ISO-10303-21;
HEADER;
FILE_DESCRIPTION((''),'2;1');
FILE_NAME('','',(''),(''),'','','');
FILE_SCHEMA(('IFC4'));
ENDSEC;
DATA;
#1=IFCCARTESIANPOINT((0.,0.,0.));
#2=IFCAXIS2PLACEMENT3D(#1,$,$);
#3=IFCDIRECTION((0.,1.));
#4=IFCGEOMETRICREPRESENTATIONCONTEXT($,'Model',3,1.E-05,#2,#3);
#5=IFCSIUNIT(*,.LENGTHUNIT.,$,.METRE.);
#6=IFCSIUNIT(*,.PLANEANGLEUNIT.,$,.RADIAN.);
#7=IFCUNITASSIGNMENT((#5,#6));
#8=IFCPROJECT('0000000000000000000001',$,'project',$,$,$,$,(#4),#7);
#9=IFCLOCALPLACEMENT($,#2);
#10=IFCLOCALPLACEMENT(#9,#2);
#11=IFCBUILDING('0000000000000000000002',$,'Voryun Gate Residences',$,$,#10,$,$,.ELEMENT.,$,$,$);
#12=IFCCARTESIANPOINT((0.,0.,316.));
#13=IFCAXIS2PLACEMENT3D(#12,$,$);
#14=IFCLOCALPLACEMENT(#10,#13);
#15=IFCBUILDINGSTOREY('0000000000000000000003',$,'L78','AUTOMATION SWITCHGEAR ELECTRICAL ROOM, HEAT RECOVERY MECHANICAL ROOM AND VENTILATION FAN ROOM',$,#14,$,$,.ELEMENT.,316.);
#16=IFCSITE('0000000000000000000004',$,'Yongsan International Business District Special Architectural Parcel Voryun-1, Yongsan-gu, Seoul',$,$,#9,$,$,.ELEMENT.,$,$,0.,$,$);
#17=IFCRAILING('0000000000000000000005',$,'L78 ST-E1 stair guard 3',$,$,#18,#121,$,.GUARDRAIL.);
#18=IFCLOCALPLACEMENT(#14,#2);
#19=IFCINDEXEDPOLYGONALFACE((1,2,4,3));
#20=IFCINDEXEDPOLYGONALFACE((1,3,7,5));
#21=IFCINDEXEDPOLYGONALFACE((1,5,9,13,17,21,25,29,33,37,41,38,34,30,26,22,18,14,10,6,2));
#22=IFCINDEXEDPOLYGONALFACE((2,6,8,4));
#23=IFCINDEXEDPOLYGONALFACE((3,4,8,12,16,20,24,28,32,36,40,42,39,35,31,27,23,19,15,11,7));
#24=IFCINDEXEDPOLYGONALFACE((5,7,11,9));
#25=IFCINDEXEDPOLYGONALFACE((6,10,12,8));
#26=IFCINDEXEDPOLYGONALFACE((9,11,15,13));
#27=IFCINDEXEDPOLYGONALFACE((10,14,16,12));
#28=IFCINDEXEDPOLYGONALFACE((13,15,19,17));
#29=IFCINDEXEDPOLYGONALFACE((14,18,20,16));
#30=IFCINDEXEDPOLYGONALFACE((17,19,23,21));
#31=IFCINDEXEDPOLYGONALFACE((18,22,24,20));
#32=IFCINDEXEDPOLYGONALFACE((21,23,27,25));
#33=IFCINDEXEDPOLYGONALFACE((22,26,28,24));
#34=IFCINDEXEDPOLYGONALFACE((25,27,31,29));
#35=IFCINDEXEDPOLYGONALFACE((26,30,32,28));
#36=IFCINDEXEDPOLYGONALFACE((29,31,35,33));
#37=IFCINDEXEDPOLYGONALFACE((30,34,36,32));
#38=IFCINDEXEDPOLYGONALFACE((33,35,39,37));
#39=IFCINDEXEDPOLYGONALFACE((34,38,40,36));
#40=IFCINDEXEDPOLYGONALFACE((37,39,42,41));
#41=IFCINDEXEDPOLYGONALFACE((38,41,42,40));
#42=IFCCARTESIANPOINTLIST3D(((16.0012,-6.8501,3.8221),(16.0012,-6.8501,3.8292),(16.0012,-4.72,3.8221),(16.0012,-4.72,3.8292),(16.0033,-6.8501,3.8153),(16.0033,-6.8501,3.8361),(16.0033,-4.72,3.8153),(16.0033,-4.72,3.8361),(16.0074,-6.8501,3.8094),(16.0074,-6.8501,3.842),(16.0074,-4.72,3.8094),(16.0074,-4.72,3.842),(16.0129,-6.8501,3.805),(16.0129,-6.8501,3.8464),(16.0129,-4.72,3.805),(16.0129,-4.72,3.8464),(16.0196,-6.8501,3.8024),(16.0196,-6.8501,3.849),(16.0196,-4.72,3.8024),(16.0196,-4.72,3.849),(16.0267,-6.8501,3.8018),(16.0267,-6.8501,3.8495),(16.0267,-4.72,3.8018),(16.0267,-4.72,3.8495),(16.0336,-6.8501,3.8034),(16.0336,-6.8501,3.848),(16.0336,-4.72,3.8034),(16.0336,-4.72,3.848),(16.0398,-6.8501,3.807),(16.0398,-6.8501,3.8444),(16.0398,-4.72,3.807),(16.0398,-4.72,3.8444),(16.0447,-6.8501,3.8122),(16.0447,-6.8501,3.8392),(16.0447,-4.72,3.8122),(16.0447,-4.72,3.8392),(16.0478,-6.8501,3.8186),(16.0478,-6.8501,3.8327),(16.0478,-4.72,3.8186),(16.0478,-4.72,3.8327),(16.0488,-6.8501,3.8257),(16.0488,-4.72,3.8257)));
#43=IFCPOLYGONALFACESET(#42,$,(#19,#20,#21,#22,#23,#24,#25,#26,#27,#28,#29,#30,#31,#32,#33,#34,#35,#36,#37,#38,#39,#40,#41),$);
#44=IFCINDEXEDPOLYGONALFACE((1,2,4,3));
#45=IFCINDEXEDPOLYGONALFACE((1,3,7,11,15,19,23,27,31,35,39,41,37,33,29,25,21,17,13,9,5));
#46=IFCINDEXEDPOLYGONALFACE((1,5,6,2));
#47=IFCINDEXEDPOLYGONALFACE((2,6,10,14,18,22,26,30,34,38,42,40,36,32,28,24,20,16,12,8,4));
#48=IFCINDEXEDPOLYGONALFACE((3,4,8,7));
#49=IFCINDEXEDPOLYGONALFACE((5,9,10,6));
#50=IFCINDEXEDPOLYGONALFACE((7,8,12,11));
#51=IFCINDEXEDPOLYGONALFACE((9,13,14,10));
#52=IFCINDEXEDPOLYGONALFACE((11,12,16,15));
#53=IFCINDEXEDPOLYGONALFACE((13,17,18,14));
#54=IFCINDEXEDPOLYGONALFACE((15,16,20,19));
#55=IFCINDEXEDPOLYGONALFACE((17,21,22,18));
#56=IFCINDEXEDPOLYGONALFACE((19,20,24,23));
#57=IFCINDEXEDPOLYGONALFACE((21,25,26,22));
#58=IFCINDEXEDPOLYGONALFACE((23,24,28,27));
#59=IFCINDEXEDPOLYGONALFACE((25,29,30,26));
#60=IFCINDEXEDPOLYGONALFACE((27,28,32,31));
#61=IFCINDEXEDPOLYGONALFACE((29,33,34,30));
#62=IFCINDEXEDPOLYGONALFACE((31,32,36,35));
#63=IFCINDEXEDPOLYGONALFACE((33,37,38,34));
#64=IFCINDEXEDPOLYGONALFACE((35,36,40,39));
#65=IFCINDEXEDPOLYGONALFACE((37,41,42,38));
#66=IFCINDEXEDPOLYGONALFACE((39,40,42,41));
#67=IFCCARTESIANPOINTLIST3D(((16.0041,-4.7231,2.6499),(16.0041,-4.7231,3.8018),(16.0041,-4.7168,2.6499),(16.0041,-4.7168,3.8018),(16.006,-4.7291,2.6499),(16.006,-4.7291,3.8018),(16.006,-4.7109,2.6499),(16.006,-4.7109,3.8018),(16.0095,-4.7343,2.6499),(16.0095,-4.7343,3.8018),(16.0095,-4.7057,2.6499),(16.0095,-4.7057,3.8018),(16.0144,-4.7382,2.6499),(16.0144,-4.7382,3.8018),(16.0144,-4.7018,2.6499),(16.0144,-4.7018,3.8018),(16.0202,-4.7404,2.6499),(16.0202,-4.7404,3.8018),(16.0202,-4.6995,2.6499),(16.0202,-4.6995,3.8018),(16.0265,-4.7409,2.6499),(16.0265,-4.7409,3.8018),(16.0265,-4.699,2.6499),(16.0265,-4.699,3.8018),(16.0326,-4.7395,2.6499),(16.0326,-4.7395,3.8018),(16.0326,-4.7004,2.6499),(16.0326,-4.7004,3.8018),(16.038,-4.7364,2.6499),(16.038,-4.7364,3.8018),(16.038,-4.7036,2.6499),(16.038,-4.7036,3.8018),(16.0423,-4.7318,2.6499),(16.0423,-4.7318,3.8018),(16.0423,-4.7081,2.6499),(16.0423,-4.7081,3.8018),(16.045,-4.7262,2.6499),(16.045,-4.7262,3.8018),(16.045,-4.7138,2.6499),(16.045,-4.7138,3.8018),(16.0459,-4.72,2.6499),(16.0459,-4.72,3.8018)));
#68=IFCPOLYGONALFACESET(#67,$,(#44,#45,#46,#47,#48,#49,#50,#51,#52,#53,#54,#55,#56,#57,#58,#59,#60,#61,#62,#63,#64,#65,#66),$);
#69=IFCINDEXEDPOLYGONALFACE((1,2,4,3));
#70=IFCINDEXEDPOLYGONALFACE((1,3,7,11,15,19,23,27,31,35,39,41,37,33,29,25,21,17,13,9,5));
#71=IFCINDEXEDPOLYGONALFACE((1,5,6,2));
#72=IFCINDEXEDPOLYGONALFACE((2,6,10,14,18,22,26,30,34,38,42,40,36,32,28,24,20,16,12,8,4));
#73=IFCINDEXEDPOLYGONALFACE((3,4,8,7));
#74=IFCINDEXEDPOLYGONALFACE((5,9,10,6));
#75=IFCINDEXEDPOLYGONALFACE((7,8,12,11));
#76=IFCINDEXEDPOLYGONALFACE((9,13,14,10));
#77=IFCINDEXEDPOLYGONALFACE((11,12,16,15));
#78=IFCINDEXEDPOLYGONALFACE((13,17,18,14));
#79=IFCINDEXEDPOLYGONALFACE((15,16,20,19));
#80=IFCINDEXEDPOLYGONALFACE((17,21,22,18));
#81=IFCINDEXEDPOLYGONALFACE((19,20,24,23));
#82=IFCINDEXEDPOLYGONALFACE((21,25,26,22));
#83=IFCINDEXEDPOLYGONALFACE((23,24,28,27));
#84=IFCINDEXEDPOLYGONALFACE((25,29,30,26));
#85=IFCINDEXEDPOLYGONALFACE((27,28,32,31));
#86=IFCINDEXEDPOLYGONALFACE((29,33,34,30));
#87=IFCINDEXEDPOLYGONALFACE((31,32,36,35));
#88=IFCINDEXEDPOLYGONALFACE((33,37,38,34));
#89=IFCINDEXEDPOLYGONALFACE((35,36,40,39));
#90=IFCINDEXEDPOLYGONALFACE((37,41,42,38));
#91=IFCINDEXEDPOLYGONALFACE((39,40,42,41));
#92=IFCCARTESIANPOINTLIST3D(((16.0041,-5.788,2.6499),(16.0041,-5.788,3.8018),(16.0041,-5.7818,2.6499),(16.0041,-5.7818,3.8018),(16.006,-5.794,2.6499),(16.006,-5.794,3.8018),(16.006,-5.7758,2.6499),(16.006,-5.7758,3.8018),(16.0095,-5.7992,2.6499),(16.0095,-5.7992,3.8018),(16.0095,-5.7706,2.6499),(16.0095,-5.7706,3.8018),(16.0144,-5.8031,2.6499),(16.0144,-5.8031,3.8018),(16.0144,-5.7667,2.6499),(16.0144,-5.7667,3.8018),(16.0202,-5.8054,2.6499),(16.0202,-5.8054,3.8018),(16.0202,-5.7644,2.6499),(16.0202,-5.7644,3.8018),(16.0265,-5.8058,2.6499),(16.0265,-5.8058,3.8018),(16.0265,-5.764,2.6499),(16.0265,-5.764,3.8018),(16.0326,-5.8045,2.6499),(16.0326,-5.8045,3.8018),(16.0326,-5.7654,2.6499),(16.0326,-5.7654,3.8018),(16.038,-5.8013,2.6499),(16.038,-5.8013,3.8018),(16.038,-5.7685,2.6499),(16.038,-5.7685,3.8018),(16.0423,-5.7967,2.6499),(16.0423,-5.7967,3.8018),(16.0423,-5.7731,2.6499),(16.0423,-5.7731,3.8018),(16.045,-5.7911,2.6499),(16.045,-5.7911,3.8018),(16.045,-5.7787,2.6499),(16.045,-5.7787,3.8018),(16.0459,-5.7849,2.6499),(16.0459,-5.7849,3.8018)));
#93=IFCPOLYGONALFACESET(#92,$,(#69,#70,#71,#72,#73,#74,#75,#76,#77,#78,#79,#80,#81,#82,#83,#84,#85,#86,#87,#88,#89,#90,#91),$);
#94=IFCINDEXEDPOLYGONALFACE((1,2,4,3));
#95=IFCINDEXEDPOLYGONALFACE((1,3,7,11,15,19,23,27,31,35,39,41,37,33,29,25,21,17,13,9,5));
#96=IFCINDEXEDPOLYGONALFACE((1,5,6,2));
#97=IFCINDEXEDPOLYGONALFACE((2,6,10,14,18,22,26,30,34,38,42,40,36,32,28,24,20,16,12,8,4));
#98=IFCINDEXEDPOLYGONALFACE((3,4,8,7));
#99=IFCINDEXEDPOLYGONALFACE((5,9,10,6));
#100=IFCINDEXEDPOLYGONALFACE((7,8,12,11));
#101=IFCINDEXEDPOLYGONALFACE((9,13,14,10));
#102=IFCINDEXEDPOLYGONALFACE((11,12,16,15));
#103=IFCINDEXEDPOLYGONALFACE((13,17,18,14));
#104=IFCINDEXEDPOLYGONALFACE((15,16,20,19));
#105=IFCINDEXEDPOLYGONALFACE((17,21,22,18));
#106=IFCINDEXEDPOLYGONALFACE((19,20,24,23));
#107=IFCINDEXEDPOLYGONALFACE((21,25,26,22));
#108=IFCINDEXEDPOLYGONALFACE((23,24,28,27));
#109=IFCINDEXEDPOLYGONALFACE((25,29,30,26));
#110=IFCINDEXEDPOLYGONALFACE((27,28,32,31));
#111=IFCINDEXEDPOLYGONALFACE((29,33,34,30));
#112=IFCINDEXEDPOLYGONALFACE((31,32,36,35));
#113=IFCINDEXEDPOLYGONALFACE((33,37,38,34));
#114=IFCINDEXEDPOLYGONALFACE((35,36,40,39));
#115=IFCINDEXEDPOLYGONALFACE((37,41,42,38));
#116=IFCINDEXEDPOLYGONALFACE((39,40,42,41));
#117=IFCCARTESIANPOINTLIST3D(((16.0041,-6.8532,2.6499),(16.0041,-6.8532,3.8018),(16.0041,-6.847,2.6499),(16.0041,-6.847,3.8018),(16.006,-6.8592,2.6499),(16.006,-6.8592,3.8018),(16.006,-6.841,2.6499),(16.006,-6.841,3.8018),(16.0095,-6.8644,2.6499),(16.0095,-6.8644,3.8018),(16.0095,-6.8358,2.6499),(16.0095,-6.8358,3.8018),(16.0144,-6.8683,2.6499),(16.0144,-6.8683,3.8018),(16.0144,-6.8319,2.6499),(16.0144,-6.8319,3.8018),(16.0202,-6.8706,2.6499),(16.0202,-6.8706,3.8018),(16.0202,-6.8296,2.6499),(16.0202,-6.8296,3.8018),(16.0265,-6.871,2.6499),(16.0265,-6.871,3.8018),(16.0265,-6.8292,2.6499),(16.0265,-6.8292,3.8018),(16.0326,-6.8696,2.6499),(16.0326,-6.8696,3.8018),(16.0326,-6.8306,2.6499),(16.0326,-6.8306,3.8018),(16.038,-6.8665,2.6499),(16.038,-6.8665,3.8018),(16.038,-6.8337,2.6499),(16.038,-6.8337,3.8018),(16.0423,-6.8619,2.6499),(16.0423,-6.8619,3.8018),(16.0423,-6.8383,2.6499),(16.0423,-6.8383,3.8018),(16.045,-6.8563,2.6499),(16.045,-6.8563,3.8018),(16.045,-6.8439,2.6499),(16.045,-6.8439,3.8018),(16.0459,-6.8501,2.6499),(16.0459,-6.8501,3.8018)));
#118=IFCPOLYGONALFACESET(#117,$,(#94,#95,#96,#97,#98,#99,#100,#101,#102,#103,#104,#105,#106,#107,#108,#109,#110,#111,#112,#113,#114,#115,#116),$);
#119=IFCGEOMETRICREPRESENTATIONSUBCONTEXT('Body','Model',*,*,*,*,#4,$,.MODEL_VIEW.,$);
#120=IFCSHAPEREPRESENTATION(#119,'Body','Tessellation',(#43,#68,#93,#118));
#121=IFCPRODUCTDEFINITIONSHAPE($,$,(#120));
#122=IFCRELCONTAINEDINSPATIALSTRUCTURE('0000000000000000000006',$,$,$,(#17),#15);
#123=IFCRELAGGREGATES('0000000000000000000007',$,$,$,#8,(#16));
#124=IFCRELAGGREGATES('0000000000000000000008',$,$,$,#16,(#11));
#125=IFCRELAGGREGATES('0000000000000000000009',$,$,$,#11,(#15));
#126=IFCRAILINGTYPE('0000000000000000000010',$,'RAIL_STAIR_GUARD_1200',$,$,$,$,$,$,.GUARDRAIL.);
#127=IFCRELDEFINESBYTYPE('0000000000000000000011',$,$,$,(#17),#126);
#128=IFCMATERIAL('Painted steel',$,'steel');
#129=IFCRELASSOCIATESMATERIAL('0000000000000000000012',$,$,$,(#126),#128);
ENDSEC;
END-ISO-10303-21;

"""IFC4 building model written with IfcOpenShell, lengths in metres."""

from ifc_helpers import new_model, si_unit, direction, frame, origin, origin_2d, place, context, subcontext, project, spatial, circle, extrude, material, type_object, element, save


model = new_model("IFC4")

# Units and contexts
model_context = context("Model", 3, precision=1e-05, world=origin(), true_north=direction((0.0, 1.0)))
body_context = subcontext(model_context, "Body", "Model", "MODEL_VIEW")
ifc_project = project(units=[si_unit("LENGTHUNIT", "METRE"), si_unit("PLANEANGLEUNIT", "RADIAN")], contexts=[model_context])

# Site, building, storey
site_placement = place(None, origin())
site = spatial("IfcSite", under=ifc_project, at=site_placement, Name="Yongsan International Business District Special Architectural Parcel Voryun-1, Yongsan-gu, Seoul", CompositionType="ELEMENT", RefElevation=0.0)
building_placement = place(site_placement, origin())
building = spatial("IfcBuilding", under=site, at=building_placement, Name="Voryun Gate Residences", CompositionType="ELEMENT")
storey_placement = place(building_placement, frame((0.0, 0.0, 316.0)))
storey = spatial("IfcBuildingStorey", under=building, at=storey_placement, Name="L78", Description="AUTOMATION SWITCHGEAR ELECTRICAL ROOM, HEAT RECOVERY MECHANICAL ROOM AND VENTILATION FAN ROOM", CompositionType="ELEMENT", Elevation=316.0)

# Railing
ifc_material_1 = material(Name="Painted steel", Category="steel")
railing_type = type_object("IfcRailingType", Name="RAIL_STAIR_GUARD_1200", PredefinedType="GUARDRAIL", material=ifc_material_1)
railing_1_placement = place(storey_placement, frame((16.0249, -4.72, 2.6499)))
element("IfcRailing", 1, at=railing_1_placement, inside=storey, type_object=railing_type, Name="L78 ST-E1 stair guard 3", PredefinedType="GUARDRAIL", context=body_context, shape_type="SweptSolid", body=[
    extrude(circle(Radius=0.0239, at=origin_2d()), frame((0.0, 0.0, 1.1758), z_axis=(0.0, -1.0, 0.0), x_axis=(1.0, 0.0, 0.0)), (0.0, 0.0, 1.0), 2.1301),
    extrude(circle(Radius=0.021, at=origin_2d()), origin(), (0.0, 0.0, 1.0), 1.1519),
    extrude(circle(Radius=0.021, at=origin_2d()), frame((0.0, -1.0649, 0.0)), (0.0, 0.0, 1.0), 1.1519),
    extrude(circle(Radius=0.021, at=origin_2d()), frame((0.0, -2.1301, 0.0)), (0.0, 0.0, 1.0), 1.1519),
])

save(model, "model.ifc")
